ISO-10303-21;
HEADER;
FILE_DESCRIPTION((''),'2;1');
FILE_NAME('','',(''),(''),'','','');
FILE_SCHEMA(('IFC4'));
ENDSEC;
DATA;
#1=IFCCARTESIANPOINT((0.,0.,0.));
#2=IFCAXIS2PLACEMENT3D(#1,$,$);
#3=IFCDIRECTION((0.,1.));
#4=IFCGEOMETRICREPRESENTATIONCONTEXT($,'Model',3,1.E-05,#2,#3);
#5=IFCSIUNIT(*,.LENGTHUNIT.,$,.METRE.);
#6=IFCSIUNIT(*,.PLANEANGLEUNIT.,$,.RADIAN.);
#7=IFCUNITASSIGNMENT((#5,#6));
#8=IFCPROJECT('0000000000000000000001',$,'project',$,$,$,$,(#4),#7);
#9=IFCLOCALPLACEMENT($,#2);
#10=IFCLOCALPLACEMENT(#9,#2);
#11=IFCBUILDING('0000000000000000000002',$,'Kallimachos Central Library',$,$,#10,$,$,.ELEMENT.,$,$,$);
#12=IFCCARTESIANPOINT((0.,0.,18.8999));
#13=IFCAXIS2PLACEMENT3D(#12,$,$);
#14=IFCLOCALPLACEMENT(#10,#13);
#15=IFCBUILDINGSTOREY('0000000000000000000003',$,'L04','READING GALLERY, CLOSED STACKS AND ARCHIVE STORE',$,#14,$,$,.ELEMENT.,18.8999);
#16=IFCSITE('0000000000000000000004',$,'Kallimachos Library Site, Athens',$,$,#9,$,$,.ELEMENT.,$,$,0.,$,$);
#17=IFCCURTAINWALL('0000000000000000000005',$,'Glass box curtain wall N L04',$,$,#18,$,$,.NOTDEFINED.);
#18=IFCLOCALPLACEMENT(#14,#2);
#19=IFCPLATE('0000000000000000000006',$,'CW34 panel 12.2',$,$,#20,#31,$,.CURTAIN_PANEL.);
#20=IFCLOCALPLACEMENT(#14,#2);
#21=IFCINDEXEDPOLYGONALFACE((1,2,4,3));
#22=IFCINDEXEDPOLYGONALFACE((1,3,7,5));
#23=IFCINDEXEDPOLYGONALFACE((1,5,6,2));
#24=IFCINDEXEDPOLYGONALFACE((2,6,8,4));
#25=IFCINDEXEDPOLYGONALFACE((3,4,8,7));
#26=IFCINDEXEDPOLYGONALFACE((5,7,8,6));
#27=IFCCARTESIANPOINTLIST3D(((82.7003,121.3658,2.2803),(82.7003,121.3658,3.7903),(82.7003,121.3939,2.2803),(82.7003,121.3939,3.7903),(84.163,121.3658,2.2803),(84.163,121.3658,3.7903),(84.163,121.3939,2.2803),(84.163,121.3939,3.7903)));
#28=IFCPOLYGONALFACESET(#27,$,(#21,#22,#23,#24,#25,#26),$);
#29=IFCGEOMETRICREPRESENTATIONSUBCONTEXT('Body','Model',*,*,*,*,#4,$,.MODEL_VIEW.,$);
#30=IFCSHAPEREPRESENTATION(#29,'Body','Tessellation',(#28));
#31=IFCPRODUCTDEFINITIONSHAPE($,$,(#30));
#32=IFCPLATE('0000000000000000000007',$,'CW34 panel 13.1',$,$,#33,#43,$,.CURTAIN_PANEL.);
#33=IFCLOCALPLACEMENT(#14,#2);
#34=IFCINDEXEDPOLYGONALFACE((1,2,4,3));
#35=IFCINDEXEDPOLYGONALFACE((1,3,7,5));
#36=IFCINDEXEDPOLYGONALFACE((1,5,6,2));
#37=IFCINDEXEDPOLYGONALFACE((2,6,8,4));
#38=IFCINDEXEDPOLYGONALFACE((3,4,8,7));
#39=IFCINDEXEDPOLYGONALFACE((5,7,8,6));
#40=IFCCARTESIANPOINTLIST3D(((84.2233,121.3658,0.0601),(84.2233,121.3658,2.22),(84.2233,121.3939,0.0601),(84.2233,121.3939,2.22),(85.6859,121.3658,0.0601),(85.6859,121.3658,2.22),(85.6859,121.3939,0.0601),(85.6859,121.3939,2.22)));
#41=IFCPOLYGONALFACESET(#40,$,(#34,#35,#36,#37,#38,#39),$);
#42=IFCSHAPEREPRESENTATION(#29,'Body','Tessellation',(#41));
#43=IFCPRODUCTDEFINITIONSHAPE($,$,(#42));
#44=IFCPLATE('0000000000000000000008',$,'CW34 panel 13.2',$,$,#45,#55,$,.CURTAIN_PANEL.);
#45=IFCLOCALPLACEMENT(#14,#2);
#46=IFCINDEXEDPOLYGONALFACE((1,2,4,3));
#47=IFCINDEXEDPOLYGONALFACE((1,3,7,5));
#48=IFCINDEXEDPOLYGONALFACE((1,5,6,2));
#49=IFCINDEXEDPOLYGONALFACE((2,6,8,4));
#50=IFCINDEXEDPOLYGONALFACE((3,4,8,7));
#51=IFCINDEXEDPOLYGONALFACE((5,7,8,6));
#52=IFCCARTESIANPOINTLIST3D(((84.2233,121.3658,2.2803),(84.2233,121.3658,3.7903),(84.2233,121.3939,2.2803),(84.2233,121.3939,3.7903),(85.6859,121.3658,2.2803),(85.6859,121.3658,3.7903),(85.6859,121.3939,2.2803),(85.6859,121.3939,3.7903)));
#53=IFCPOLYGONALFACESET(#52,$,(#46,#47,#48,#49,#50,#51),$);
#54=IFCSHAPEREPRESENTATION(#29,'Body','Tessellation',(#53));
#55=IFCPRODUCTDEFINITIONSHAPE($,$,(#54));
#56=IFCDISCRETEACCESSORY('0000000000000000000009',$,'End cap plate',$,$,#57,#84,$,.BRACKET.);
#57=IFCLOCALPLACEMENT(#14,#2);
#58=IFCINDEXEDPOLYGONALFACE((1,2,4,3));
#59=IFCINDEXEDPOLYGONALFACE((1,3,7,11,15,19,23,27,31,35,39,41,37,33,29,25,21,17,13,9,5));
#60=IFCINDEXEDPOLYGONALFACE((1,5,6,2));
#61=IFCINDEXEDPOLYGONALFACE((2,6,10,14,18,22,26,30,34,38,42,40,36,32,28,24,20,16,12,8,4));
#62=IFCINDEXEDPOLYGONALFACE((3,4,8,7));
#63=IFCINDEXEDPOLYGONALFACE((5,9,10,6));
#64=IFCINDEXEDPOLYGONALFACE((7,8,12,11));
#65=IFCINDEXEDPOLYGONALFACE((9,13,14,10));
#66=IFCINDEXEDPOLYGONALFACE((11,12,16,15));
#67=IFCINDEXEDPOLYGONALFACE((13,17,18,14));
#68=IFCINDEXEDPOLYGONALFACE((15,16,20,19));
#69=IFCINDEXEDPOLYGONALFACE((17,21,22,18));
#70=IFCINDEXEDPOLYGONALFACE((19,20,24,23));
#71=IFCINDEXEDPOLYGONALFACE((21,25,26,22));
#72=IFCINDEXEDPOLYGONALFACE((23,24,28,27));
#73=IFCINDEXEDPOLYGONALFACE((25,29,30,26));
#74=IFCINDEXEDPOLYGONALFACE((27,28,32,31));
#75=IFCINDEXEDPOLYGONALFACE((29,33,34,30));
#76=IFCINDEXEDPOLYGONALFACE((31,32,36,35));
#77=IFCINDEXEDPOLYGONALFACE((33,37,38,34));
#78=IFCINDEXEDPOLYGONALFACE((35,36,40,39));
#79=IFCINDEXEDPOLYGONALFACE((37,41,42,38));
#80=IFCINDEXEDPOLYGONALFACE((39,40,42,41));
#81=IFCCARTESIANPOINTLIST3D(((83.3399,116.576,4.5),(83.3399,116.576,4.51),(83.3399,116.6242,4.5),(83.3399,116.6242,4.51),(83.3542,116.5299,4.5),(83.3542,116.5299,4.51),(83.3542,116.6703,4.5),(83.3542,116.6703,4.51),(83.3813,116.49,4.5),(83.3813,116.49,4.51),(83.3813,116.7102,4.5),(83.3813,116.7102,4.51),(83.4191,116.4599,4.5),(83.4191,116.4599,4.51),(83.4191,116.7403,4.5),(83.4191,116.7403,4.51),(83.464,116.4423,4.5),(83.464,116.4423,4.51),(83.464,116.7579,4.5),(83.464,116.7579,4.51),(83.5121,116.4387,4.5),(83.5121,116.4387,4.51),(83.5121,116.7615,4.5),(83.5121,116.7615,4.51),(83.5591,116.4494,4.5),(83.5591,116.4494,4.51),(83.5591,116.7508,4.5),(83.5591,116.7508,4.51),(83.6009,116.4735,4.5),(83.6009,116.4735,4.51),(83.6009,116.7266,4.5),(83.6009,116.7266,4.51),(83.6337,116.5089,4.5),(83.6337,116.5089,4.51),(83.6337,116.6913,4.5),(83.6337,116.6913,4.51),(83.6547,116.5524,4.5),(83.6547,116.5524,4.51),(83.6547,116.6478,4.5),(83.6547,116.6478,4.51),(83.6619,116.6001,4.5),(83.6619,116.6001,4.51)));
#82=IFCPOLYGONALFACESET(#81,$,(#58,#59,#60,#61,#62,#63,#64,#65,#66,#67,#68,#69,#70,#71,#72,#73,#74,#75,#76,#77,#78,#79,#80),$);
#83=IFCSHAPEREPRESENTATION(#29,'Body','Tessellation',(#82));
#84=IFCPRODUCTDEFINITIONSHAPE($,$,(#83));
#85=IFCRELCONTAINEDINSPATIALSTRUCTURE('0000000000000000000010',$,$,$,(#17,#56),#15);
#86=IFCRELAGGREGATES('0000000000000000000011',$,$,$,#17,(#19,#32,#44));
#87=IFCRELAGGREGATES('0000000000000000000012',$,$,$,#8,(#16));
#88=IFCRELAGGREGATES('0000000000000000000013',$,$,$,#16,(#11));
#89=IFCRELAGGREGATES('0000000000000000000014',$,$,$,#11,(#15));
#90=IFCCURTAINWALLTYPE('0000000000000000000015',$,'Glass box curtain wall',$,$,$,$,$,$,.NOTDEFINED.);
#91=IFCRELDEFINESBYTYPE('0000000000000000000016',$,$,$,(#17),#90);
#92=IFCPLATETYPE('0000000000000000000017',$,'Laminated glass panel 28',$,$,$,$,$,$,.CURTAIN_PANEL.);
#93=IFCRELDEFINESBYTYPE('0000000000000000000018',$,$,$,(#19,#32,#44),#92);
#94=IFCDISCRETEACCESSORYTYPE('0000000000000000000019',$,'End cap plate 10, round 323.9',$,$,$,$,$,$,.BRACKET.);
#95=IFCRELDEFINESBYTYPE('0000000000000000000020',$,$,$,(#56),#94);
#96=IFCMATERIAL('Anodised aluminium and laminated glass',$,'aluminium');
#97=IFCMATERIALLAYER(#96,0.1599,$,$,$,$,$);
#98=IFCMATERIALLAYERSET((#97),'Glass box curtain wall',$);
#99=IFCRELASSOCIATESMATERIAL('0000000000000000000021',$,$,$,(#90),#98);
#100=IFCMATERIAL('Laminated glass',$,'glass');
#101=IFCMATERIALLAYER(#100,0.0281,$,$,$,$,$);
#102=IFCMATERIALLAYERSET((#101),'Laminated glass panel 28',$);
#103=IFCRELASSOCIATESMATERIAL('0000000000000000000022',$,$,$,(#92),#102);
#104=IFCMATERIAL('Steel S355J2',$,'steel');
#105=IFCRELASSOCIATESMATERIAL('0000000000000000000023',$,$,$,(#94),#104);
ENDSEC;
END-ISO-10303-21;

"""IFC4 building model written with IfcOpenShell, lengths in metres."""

from ifc_helpers import new_model, si_unit, direction, frame, origin, origin_2d, place, context, subcontext, project, spatial, rectangle, circle, extrude, material, layer, layer_set, material_profile, profile_set, type_object, element, aggregate, save


model = new_model("IFC4")

# Units and contexts
model_context = context("Model", 3, precision=1e-05, world=origin(), true_north=direction((0.0, 1.0)))
body_context = subcontext(model_context, "Body", "Model", "MODEL_VIEW")
ifc_project = project(units=[si_unit("LENGTHUNIT", "METRE"), si_unit("PLANEANGLEUNIT", "RADIAN")], contexts=[model_context])

# Site, building, storey
site_placement = place(None, origin())
site = spatial("IfcSite", under=ifc_project, at=site_placement, Name="Kallimachos Library Site, Athens", CompositionType="ELEMENT", RefElevation=0.0)
building_placement = place(site_placement, origin())
building = spatial("IfcBuilding", under=site, at=building_placement, Name="Kallimachos Central Library", CompositionType="ELEMENT")
storey_placement = place(building_placement, frame((0.0, 0.0, 18.8999)))
storey = spatial("IfcBuildingStorey", under=building, at=storey_placement, Name="L04", Description="READING GALLERY, CLOSED STACKS AND ARCHIVE STORE", CompositionType="ELEMENT", Elevation=18.8999)

# Curtain wall
ifc_material_1 = material(Name="Anodised aluminium and laminated glass", Category="aluminium")
ifc_layer_1 = layer(ifc_material_1, 0.1599)
ifc_layer_set_1 = layer_set([ifc_layer_1], Name="Glass box curtain wall")
curtain_wall_type = type_object("IfcCurtainWallType", Name="Glass box curtain wall", PredefinedType="NOTDEFINED", material=ifc_layer_set_1)
curtain_wall_placement = place(storey_placement, origin())
curtain_wall = element("IfcCurtainWall", 1, at=curtain_wall_placement, inside=storey, type_object=curtain_wall_type, Name="Glass box curtain wall N L04", PredefinedType="NOTDEFINED")

# Plates
ifc_material_2 = material(Name="Laminated glass", Category="glass")
ifc_layer_2 = layer(ifc_material_2, 0.0281)
ifc_layer_set_2 = layer_set([ifc_layer_2], Name="Laminated glass panel 28")
plate_type = type_object("IfcPlateType", Name="Laminated glass panel 28", PredefinedType="CURTAIN_PANEL", material=ifc_layer_set_2)
plate_1_placement = place(storey_placement, frame((83.4316, 121.3799, 2.2803), z_axis=(0.0, 0.0, 1.0), x_axis=(1.0, 0.0, 0.0)))
plate_1 = element("IfcPlate", 2, at=plate_1_placement, type_object=plate_type, Name="CW34 panel 12.2", PredefinedType="CURTAIN_PANEL", context=body_context, shape_type="SweptSolid", body=[
    extrude(rectangle(XDim=1.4626, YDim=0.0281, at=origin_2d()), origin(), (0.0, 0.0, 1.0), 1.51),
])
plate_2_placement = place(storey_placement, frame((84.9546, 121.3799, 0.0601), z_axis=(0.0, 0.0, 1.0), x_axis=(1.0, 0.0, 0.0)))
plate_2 = element("IfcPlate", 3, at=plate_2_placement, type_object=plate_type, Name="CW34 panel 13.1", PredefinedType="CURTAIN_PANEL", context=body_context, shape_type="SweptSolid", body=[
    extrude(rectangle(XDim=1.4626, YDim=0.0281, at=origin_2d()), origin(), (0.0, 0.0, 1.0), 2.1599),
])
plate_3_placement = place(storey_placement, frame((84.9546, 121.3799, 2.2803), z_axis=(0.0, 0.0, 1.0), x_axis=(1.0, 0.0, 0.0)))
plate_3 = element("IfcPlate", 4, at=plate_3_placement, type_object=plate_type, Name="CW34 panel 13.2", PredefinedType="CURTAIN_PANEL", context=body_context, shape_type="SweptSolid", body=[
    extrude(rectangle(XDim=1.4626, YDim=0.0281, at=origin_2d()), origin(), (0.0, 0.0, 1.0), 1.51),
])
aggregate(curtain_wall, [plate_1, plate_2, plate_3])

# Discrete accessory
ifc_material_3 = material(Name="Steel S355J2", Category="steel")
ifc_material_profile_1 = material_profile(ifc_material_3, circle(Radius=0.1619, at=origin_2d()), Name="End cap plate 10, round 323.9")
ifc_profile_set_1 = profile_set([ifc_material_profile_1], Name="Steel S355J2")
discrete_accessory_type = type_object("IfcDiscreteAccessoryType", Name="End cap plate 10, round 323.9", PredefinedType="BRACKET", material=ifc_profile_set_1)
discrete_accessory_placement = place(storey_placement, frame((83.5, 116.6001, 4.5), z_axis=(0.0, 0.0, 1.0), x_axis=(1.0, 0.0, 0.0)))
element("IfcDiscreteAccessory", 5, at=discrete_accessory_placement, inside=storey, type_object=discrete_accessory_type, Name="End cap plate", PredefinedType="BRACKET", context=body_context, shape_type="SweptSolid", body=[
    extrude(circle(Radius=0.1619, at=origin_2d()), origin(), (0.0, 0.0, 1.0), 0.01),
])

save(model, "model.ifc")
